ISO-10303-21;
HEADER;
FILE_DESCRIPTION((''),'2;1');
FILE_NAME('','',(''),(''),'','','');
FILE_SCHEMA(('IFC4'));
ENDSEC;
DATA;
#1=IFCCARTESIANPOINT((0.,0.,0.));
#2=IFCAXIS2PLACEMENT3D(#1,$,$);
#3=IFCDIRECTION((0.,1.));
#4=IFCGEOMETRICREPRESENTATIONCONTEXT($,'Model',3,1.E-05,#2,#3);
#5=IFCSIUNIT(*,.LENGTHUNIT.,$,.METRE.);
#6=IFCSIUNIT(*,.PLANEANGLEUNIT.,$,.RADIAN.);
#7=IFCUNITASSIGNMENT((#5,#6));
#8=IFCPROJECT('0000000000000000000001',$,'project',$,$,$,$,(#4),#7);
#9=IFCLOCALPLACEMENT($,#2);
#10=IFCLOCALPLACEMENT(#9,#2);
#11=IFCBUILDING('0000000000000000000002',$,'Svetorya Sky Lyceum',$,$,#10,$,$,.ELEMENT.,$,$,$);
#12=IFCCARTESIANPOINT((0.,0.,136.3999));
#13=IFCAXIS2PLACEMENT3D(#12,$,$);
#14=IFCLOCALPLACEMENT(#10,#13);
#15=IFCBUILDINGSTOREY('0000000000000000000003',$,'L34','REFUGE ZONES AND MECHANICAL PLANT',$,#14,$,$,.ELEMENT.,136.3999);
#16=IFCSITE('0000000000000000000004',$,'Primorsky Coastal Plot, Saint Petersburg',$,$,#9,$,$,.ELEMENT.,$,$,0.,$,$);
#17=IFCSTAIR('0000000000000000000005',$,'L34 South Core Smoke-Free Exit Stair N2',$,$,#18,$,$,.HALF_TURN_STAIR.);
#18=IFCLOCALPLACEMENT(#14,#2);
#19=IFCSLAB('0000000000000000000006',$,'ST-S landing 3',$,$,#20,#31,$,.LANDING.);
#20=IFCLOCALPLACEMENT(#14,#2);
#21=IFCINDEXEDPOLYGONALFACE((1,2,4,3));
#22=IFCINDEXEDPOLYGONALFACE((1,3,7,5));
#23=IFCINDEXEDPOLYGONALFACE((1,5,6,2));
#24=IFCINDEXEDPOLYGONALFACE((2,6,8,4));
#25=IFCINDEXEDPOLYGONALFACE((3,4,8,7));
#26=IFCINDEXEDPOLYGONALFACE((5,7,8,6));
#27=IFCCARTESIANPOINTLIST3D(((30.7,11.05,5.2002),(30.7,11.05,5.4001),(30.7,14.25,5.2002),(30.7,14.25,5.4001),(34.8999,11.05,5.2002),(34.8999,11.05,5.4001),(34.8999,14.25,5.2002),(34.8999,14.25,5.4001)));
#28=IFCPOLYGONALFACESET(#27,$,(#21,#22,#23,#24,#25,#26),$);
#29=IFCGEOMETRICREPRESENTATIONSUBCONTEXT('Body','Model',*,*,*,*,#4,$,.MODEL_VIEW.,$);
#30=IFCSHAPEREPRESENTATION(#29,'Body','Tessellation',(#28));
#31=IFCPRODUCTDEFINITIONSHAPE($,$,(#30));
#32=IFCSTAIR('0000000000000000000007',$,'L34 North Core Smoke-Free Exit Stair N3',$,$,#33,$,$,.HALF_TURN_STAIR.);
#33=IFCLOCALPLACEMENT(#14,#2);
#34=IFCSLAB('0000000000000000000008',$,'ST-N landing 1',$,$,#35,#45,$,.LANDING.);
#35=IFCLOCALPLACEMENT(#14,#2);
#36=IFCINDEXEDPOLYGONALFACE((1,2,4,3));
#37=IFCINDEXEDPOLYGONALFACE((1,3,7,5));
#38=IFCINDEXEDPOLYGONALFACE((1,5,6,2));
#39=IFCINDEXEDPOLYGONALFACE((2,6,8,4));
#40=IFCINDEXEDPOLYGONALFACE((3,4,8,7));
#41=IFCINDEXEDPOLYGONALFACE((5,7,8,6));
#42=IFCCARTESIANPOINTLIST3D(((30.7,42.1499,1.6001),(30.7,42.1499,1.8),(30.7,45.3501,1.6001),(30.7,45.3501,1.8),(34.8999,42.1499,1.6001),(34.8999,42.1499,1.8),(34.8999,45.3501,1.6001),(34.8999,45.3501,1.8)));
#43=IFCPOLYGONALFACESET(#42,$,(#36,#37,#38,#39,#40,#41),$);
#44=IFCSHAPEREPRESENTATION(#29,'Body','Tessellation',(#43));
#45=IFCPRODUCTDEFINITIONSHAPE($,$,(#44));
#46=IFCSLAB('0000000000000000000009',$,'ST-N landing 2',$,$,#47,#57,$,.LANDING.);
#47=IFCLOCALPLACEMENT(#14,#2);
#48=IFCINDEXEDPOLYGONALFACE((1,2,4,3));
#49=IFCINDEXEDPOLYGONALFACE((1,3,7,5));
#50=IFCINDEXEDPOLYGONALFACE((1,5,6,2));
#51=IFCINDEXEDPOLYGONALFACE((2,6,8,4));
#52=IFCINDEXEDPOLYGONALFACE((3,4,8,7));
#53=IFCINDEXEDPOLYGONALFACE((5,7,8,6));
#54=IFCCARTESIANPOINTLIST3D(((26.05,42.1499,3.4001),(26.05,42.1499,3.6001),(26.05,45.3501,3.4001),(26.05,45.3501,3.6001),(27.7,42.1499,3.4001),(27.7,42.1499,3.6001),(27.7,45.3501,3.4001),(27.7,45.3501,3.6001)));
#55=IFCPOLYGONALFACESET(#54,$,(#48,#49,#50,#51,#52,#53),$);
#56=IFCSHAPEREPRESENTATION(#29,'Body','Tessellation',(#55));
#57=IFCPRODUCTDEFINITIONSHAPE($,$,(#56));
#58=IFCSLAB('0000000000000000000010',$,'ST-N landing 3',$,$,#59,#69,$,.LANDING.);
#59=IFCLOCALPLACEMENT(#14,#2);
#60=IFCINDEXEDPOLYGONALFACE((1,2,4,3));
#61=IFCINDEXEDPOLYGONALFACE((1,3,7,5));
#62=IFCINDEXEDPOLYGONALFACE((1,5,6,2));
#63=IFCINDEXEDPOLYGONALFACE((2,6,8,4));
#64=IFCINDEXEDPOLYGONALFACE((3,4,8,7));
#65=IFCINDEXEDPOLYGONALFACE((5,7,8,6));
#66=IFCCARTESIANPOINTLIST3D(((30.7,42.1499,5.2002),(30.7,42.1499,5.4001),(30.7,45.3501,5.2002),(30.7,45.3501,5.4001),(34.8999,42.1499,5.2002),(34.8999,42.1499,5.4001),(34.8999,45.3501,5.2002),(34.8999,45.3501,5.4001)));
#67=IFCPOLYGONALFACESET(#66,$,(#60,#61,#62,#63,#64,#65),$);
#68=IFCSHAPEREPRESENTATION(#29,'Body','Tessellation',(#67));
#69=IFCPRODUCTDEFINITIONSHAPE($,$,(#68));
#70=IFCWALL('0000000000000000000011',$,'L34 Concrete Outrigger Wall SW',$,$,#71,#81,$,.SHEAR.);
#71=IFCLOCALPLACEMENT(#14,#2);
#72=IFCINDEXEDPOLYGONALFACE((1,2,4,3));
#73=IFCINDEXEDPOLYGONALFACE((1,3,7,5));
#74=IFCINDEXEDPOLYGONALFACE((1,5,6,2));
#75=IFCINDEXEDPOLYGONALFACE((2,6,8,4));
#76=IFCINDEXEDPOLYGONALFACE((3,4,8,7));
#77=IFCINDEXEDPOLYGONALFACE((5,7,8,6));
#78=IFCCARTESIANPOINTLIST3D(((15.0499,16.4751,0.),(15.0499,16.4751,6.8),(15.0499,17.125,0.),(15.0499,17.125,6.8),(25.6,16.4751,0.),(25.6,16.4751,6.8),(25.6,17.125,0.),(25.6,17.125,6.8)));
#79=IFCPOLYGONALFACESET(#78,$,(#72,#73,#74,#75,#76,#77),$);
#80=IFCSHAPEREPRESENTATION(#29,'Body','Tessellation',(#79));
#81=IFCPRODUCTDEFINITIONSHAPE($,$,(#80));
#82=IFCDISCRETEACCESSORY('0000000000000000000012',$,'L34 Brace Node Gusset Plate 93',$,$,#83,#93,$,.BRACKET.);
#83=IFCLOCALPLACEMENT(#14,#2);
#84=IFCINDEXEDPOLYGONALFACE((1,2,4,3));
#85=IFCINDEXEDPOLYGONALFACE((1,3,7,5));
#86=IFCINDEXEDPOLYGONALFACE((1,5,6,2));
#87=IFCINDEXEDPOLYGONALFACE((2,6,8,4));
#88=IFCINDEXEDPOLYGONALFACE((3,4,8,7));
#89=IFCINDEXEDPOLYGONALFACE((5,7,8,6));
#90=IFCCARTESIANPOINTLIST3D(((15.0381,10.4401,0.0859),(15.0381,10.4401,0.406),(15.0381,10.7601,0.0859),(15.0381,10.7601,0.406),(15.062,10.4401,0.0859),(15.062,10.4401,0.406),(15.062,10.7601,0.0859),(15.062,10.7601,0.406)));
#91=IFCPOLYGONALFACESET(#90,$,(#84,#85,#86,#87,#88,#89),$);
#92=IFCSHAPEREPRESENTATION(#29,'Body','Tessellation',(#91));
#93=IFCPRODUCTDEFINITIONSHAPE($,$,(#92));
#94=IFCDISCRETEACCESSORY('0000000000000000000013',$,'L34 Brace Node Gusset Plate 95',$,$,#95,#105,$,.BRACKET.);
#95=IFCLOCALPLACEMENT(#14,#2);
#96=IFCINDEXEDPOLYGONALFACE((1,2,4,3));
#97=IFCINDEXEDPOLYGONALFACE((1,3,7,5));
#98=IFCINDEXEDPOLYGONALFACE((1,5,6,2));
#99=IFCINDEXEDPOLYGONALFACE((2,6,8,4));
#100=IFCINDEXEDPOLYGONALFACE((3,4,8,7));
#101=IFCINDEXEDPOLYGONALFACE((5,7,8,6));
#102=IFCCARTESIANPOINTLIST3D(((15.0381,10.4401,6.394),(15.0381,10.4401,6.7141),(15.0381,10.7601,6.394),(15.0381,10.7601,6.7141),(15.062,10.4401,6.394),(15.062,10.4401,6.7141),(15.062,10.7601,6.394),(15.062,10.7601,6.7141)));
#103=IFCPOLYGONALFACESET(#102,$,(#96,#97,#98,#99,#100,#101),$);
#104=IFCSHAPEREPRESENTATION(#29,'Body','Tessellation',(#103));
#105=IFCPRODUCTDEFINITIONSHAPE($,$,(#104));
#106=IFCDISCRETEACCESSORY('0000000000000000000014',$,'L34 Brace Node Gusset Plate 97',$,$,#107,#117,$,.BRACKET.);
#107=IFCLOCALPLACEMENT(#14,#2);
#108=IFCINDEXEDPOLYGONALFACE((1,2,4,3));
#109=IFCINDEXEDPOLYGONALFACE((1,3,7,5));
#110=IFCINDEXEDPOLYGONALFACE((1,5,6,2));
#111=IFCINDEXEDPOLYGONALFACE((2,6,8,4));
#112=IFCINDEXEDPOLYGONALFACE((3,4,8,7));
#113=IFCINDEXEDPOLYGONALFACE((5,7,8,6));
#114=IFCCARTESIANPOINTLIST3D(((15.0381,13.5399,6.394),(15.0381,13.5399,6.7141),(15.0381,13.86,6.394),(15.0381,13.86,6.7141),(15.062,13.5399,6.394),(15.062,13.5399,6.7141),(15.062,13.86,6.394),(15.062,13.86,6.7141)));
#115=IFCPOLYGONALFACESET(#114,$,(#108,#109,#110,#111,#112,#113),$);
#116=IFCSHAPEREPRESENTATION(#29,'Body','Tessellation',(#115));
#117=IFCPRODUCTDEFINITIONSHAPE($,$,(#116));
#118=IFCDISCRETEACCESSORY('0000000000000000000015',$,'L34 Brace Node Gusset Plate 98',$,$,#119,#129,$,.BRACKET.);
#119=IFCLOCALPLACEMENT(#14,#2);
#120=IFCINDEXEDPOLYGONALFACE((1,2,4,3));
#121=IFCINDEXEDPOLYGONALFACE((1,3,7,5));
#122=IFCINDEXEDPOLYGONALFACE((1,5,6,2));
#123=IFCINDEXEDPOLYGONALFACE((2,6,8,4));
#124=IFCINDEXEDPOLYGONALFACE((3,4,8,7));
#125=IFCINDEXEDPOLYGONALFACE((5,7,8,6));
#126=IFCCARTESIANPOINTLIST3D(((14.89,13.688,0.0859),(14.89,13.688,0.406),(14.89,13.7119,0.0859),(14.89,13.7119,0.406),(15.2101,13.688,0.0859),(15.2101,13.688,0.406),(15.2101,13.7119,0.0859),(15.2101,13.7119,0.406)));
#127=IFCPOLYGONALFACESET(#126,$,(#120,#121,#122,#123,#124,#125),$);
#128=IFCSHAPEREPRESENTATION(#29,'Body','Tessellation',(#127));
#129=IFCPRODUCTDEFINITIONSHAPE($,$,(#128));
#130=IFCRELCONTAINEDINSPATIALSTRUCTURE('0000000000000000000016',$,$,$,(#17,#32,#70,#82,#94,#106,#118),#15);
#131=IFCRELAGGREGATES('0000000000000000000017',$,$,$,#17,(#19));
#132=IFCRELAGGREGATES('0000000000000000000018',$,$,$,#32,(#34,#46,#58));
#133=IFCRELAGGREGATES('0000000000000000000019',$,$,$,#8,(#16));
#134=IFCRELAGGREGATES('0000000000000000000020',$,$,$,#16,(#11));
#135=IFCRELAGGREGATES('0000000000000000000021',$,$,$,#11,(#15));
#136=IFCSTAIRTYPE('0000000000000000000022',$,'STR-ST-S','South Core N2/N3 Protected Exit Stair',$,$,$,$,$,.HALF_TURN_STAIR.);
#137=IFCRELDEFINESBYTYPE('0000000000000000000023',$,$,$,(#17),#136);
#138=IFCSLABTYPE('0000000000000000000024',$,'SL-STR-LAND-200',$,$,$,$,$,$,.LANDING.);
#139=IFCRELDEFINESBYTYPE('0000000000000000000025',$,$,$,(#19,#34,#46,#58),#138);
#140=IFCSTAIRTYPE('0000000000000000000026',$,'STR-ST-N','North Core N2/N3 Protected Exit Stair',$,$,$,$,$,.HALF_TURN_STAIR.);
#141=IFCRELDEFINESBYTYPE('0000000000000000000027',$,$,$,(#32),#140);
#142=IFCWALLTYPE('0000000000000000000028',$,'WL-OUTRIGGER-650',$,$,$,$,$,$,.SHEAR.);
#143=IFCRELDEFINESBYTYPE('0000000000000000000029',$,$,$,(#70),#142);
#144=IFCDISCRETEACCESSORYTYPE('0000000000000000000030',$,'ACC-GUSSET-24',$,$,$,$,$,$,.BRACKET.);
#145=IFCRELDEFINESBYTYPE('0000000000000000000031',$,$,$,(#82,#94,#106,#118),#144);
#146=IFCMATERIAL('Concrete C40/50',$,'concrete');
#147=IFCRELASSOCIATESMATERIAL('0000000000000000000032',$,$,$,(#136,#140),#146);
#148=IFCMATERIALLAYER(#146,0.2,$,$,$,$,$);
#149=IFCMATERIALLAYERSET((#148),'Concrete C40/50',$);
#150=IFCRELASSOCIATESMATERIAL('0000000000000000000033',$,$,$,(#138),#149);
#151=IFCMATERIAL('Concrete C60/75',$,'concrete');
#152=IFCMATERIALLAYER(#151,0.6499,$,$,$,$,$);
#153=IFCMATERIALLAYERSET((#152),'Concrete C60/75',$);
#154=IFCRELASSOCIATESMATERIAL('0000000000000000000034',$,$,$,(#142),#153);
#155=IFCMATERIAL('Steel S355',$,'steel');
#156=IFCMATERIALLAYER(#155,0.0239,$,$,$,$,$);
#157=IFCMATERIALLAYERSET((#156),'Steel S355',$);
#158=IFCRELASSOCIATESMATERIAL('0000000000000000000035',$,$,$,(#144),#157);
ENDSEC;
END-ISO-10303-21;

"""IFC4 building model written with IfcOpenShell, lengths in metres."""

from ifc_helpers import new_model, si_unit, direction, frame, frame_2d, origin, origin_2d, place, context, subcontext, project, spatial, polyline, rectangle, outline, extrude, material, layer, layer_set, type_object, element, aggregate, save


model = new_model("IFC4")

# Units and contexts
model_context = context("Model", 3, precision=1e-05, world=origin(), true_north=direction((0.0, 1.0)))
body_context = subcontext(model_context, "Body", "Model", "MODEL_VIEW")
ifc_project = project(units=[si_unit("LENGTHUNIT", "METRE"), si_unit("PLANEANGLEUNIT", "RADIAN")], contexts=[model_context])

# Site, building, storey
site_placement = place(None, origin())
site = spatial("IfcSite", under=ifc_project, at=site_placement, Name="Primorsky Coastal Plot, Saint Petersburg", CompositionType="ELEMENT", RefElevation=0.0)
building_placement = place(site_placement, origin())
building = spatial("IfcBuilding", under=site, at=building_placement, Name="Svetorya Sky Lyceum", CompositionType="ELEMENT")
storey_placement = place(building_placement, frame((0.0, 0.0, 136.3999)))
storey = spatial("IfcBuildingStorey", under=building, at=storey_placement, Name="L34", Description="REFUGE ZONES AND MECHANICAL PLANT", CompositionType="ELEMENT", Elevation=136.3999)

# Shared definitions
ifc_material_1 = material(Name="Steel S355", Category="steel")
ifc_material_2 = material(Name="Concrete C60/75", Category="concrete")

# Stairs, slabs
ifc_material_3 = material(Name="Concrete C40/50", Category="concrete")
stair_type_1 = type_object("IfcStairType", Name="STR-ST-S", Description="South Core N2/N3 Protected Exit Stair", PredefinedType="HALF_TURN_STAIR", material=ifc_material_3)
stair_1_placement = place(storey_placement, origin())
stair_1 = element("IfcStair", 1, at=stair_1_placement, inside=storey, type_object=stair_type_1, Name="L34 South Core Smoke-Free Exit Stair N2", PredefinedType="HALF_TURN_STAIR")
ifc_layer_1 = layer(ifc_material_3, 0.2)
ifc_layer_set_1 = layer_set([ifc_layer_1], Name="Concrete C40/50")
slab_type_1 = type_object("IfcSlabType", Name="SL-STR-LAND-200", PredefinedType="LANDING", material=ifc_layer_set_1)
slab_1_placement = place(storey_placement, frame((0.0, 0.0, 5.2002)))
slab_1 = element("IfcSlab", 2, at=slab_1_placement, type_object=slab_type_1, Name="ST-S landing 3", PredefinedType="LANDING", context=body_context, shape_type="SweptSolid", body=[
    extrude(outline(polyline([(30.7, 11.05), (34.8999, 11.05), (34.8999, 14.25), (30.7, 14.25), (30.7, 11.05)])), origin(), (0.0, 0.0, 1.0), 0.2),
])
aggregate(stair_1, [slab_1])
stair_type_2 = type_object("IfcStairType", Name="STR-ST-N", Description="North Core N2/N3 Protected Exit Stair", PredefinedType="HALF_TURN_STAIR", material=ifc_material_3)
stair_2_placement = place(storey_placement, origin())
stair_2 = element("IfcStair", 3, at=stair_2_placement, inside=storey, type_object=stair_type_2, Name="L34 North Core Smoke-Free Exit Stair N3", PredefinedType="HALF_TURN_STAIR")
slab_2_placement = place(storey_placement, frame((0.0, 0.0, 1.6001)))
slab_2 = element("IfcSlab", 4, at=slab_2_placement, type_object=slab_type_1, Name="ST-N landing 1", PredefinedType="LANDING", context=body_context, shape_type="SweptSolid", body=[
    extrude(outline(polyline([(30.7, 42.1499), (34.8999, 42.1499), (34.8999, 45.3501), (30.7, 45.3501), (30.7, 42.1499)])), origin(), (0.0, 0.0, 1.0), 0.2),
])
slab_3_placement = place(storey_placement, frame((0.0, 0.0, 3.4001)))
slab_3 = element("IfcSlab", 5, at=slab_3_placement, type_object=slab_type_1, Name="ST-N landing 2", PredefinedType="LANDING", context=body_context, shape_type="SweptSolid", body=[
    extrude(outline(polyline([(26.05, 42.1499), (27.7, 42.1499), (27.7, 45.3501), (26.05, 45.3501), (26.05, 42.1499)])), origin(), (0.0, 0.0, 1.0), 0.2),
])
slab_4_placement = place(storey_placement, frame((0.0, 0.0, 5.2002)))
slab_4 = element("IfcSlab", 6, at=slab_4_placement, type_object=slab_type_1, Name="ST-N landing 3", PredefinedType="LANDING", context=body_context, shape_type="SweptSolid", body=[
    extrude(outline(polyline([(30.7, 42.1499), (34.8999, 42.1499), (34.8999, 45.3501), (30.7, 45.3501), (30.7, 42.1499)])), origin(), (0.0, 0.0, 1.0), 0.2),
])
aggregate(stair_2, [slab_2, slab_3, slab_4])

# Wall
ifc_layer_2 = layer(ifc_material_2, 0.6499)
ifc_layer_set_2 = layer_set([ifc_layer_2], Name="Concrete C60/75")
wall_type = type_object("IfcWallType", Name="WL-OUTRIGGER-650", PredefinedType="SHEAR", material=ifc_layer_set_2)
wall_placement = place(storey_placement, frame((15.05, 16.8, 0.0), z_axis=(0.0, 0.0, 1.0), x_axis=(1.0, 0.0, 0.0)))
element("IfcWall", 7, at=wall_placement, inside=storey, type_object=wall_type, Name="L34 Concrete Outrigger Wall SW", PredefinedType="SHEAR", context=body_context, shape_type="SweptSolid", body=[
    extrude(rectangle(XDim=10.55, YDim=0.6499, at=frame_2d((5.2749, 0.0))), origin(), (0.0, 0.0, 1.0), 6.8),
])

# Discrete accessories
ifc_layer_3 = layer(ifc_material_1, 0.0239)
ifc_layer_set_3 = layer_set([ifc_layer_3], Name="Steel S355")
discrete_accessory_type = type_object("IfcDiscreteAccessoryType", Name="ACC-GUSSET-24", PredefinedType="BRACKET", material=ifc_layer_set_3)
for number, where, z_axis, x_axis, name in (
    (8, (15.05, 10.6001, 0.0859), (0.0, 0.0, 1.0), (1.0, 0.0, 0.0), "L34 Brace Node Gusset Plate 93"),
    (9, (15.05, 10.6001, 6.394), (0.0, 0.0, 1.0), (1.0, 0.0, 0.0), "L34 Brace Node Gusset Plate 95"),
    (10, (15.05, 13.7, 6.394), (0.0, 0.0, 1.0), (1.0, 0.0, 0.0), "L34 Brace Node Gusset Plate 97"),
):
    element("IfcDiscreteAccessory", number, at=place(storey_placement, frame(where, z_axis=z_axis, x_axis=x_axis)), inside=storey, type_object=discrete_accessory_type, Name=name, PredefinedType="BRACKET", context=body_context, shape_type="SweptSolid", body=[
        extrude(rectangle(XDim=0.0239, YDim=0.3201, at=origin_2d()), origin(), (0.0, 0.0, 1.0), 0.3201),
    ])
discrete_accessory_placement = place(storey_placement, frame((15.05, 13.7, 0.0859), z_axis=(0.0, 0.0, 1.0), x_axis=(1.0, 0.0, 0.0)))
element("IfcDiscreteAccessory", 11, at=discrete_accessory_placement, inside=storey, type_object=discrete_accessory_type, Name="L34 Brace Node Gusset Plate 98", PredefinedType="BRACKET", context=body_context, shape_type="SweptSolid", body=[
    extrude(rectangle(XDim=0.3201, YDim=0.0239, at=origin_2d()), origin(), (0.0, 0.0, 1.0), 0.3201),
])

save(model, "model.ifc")
